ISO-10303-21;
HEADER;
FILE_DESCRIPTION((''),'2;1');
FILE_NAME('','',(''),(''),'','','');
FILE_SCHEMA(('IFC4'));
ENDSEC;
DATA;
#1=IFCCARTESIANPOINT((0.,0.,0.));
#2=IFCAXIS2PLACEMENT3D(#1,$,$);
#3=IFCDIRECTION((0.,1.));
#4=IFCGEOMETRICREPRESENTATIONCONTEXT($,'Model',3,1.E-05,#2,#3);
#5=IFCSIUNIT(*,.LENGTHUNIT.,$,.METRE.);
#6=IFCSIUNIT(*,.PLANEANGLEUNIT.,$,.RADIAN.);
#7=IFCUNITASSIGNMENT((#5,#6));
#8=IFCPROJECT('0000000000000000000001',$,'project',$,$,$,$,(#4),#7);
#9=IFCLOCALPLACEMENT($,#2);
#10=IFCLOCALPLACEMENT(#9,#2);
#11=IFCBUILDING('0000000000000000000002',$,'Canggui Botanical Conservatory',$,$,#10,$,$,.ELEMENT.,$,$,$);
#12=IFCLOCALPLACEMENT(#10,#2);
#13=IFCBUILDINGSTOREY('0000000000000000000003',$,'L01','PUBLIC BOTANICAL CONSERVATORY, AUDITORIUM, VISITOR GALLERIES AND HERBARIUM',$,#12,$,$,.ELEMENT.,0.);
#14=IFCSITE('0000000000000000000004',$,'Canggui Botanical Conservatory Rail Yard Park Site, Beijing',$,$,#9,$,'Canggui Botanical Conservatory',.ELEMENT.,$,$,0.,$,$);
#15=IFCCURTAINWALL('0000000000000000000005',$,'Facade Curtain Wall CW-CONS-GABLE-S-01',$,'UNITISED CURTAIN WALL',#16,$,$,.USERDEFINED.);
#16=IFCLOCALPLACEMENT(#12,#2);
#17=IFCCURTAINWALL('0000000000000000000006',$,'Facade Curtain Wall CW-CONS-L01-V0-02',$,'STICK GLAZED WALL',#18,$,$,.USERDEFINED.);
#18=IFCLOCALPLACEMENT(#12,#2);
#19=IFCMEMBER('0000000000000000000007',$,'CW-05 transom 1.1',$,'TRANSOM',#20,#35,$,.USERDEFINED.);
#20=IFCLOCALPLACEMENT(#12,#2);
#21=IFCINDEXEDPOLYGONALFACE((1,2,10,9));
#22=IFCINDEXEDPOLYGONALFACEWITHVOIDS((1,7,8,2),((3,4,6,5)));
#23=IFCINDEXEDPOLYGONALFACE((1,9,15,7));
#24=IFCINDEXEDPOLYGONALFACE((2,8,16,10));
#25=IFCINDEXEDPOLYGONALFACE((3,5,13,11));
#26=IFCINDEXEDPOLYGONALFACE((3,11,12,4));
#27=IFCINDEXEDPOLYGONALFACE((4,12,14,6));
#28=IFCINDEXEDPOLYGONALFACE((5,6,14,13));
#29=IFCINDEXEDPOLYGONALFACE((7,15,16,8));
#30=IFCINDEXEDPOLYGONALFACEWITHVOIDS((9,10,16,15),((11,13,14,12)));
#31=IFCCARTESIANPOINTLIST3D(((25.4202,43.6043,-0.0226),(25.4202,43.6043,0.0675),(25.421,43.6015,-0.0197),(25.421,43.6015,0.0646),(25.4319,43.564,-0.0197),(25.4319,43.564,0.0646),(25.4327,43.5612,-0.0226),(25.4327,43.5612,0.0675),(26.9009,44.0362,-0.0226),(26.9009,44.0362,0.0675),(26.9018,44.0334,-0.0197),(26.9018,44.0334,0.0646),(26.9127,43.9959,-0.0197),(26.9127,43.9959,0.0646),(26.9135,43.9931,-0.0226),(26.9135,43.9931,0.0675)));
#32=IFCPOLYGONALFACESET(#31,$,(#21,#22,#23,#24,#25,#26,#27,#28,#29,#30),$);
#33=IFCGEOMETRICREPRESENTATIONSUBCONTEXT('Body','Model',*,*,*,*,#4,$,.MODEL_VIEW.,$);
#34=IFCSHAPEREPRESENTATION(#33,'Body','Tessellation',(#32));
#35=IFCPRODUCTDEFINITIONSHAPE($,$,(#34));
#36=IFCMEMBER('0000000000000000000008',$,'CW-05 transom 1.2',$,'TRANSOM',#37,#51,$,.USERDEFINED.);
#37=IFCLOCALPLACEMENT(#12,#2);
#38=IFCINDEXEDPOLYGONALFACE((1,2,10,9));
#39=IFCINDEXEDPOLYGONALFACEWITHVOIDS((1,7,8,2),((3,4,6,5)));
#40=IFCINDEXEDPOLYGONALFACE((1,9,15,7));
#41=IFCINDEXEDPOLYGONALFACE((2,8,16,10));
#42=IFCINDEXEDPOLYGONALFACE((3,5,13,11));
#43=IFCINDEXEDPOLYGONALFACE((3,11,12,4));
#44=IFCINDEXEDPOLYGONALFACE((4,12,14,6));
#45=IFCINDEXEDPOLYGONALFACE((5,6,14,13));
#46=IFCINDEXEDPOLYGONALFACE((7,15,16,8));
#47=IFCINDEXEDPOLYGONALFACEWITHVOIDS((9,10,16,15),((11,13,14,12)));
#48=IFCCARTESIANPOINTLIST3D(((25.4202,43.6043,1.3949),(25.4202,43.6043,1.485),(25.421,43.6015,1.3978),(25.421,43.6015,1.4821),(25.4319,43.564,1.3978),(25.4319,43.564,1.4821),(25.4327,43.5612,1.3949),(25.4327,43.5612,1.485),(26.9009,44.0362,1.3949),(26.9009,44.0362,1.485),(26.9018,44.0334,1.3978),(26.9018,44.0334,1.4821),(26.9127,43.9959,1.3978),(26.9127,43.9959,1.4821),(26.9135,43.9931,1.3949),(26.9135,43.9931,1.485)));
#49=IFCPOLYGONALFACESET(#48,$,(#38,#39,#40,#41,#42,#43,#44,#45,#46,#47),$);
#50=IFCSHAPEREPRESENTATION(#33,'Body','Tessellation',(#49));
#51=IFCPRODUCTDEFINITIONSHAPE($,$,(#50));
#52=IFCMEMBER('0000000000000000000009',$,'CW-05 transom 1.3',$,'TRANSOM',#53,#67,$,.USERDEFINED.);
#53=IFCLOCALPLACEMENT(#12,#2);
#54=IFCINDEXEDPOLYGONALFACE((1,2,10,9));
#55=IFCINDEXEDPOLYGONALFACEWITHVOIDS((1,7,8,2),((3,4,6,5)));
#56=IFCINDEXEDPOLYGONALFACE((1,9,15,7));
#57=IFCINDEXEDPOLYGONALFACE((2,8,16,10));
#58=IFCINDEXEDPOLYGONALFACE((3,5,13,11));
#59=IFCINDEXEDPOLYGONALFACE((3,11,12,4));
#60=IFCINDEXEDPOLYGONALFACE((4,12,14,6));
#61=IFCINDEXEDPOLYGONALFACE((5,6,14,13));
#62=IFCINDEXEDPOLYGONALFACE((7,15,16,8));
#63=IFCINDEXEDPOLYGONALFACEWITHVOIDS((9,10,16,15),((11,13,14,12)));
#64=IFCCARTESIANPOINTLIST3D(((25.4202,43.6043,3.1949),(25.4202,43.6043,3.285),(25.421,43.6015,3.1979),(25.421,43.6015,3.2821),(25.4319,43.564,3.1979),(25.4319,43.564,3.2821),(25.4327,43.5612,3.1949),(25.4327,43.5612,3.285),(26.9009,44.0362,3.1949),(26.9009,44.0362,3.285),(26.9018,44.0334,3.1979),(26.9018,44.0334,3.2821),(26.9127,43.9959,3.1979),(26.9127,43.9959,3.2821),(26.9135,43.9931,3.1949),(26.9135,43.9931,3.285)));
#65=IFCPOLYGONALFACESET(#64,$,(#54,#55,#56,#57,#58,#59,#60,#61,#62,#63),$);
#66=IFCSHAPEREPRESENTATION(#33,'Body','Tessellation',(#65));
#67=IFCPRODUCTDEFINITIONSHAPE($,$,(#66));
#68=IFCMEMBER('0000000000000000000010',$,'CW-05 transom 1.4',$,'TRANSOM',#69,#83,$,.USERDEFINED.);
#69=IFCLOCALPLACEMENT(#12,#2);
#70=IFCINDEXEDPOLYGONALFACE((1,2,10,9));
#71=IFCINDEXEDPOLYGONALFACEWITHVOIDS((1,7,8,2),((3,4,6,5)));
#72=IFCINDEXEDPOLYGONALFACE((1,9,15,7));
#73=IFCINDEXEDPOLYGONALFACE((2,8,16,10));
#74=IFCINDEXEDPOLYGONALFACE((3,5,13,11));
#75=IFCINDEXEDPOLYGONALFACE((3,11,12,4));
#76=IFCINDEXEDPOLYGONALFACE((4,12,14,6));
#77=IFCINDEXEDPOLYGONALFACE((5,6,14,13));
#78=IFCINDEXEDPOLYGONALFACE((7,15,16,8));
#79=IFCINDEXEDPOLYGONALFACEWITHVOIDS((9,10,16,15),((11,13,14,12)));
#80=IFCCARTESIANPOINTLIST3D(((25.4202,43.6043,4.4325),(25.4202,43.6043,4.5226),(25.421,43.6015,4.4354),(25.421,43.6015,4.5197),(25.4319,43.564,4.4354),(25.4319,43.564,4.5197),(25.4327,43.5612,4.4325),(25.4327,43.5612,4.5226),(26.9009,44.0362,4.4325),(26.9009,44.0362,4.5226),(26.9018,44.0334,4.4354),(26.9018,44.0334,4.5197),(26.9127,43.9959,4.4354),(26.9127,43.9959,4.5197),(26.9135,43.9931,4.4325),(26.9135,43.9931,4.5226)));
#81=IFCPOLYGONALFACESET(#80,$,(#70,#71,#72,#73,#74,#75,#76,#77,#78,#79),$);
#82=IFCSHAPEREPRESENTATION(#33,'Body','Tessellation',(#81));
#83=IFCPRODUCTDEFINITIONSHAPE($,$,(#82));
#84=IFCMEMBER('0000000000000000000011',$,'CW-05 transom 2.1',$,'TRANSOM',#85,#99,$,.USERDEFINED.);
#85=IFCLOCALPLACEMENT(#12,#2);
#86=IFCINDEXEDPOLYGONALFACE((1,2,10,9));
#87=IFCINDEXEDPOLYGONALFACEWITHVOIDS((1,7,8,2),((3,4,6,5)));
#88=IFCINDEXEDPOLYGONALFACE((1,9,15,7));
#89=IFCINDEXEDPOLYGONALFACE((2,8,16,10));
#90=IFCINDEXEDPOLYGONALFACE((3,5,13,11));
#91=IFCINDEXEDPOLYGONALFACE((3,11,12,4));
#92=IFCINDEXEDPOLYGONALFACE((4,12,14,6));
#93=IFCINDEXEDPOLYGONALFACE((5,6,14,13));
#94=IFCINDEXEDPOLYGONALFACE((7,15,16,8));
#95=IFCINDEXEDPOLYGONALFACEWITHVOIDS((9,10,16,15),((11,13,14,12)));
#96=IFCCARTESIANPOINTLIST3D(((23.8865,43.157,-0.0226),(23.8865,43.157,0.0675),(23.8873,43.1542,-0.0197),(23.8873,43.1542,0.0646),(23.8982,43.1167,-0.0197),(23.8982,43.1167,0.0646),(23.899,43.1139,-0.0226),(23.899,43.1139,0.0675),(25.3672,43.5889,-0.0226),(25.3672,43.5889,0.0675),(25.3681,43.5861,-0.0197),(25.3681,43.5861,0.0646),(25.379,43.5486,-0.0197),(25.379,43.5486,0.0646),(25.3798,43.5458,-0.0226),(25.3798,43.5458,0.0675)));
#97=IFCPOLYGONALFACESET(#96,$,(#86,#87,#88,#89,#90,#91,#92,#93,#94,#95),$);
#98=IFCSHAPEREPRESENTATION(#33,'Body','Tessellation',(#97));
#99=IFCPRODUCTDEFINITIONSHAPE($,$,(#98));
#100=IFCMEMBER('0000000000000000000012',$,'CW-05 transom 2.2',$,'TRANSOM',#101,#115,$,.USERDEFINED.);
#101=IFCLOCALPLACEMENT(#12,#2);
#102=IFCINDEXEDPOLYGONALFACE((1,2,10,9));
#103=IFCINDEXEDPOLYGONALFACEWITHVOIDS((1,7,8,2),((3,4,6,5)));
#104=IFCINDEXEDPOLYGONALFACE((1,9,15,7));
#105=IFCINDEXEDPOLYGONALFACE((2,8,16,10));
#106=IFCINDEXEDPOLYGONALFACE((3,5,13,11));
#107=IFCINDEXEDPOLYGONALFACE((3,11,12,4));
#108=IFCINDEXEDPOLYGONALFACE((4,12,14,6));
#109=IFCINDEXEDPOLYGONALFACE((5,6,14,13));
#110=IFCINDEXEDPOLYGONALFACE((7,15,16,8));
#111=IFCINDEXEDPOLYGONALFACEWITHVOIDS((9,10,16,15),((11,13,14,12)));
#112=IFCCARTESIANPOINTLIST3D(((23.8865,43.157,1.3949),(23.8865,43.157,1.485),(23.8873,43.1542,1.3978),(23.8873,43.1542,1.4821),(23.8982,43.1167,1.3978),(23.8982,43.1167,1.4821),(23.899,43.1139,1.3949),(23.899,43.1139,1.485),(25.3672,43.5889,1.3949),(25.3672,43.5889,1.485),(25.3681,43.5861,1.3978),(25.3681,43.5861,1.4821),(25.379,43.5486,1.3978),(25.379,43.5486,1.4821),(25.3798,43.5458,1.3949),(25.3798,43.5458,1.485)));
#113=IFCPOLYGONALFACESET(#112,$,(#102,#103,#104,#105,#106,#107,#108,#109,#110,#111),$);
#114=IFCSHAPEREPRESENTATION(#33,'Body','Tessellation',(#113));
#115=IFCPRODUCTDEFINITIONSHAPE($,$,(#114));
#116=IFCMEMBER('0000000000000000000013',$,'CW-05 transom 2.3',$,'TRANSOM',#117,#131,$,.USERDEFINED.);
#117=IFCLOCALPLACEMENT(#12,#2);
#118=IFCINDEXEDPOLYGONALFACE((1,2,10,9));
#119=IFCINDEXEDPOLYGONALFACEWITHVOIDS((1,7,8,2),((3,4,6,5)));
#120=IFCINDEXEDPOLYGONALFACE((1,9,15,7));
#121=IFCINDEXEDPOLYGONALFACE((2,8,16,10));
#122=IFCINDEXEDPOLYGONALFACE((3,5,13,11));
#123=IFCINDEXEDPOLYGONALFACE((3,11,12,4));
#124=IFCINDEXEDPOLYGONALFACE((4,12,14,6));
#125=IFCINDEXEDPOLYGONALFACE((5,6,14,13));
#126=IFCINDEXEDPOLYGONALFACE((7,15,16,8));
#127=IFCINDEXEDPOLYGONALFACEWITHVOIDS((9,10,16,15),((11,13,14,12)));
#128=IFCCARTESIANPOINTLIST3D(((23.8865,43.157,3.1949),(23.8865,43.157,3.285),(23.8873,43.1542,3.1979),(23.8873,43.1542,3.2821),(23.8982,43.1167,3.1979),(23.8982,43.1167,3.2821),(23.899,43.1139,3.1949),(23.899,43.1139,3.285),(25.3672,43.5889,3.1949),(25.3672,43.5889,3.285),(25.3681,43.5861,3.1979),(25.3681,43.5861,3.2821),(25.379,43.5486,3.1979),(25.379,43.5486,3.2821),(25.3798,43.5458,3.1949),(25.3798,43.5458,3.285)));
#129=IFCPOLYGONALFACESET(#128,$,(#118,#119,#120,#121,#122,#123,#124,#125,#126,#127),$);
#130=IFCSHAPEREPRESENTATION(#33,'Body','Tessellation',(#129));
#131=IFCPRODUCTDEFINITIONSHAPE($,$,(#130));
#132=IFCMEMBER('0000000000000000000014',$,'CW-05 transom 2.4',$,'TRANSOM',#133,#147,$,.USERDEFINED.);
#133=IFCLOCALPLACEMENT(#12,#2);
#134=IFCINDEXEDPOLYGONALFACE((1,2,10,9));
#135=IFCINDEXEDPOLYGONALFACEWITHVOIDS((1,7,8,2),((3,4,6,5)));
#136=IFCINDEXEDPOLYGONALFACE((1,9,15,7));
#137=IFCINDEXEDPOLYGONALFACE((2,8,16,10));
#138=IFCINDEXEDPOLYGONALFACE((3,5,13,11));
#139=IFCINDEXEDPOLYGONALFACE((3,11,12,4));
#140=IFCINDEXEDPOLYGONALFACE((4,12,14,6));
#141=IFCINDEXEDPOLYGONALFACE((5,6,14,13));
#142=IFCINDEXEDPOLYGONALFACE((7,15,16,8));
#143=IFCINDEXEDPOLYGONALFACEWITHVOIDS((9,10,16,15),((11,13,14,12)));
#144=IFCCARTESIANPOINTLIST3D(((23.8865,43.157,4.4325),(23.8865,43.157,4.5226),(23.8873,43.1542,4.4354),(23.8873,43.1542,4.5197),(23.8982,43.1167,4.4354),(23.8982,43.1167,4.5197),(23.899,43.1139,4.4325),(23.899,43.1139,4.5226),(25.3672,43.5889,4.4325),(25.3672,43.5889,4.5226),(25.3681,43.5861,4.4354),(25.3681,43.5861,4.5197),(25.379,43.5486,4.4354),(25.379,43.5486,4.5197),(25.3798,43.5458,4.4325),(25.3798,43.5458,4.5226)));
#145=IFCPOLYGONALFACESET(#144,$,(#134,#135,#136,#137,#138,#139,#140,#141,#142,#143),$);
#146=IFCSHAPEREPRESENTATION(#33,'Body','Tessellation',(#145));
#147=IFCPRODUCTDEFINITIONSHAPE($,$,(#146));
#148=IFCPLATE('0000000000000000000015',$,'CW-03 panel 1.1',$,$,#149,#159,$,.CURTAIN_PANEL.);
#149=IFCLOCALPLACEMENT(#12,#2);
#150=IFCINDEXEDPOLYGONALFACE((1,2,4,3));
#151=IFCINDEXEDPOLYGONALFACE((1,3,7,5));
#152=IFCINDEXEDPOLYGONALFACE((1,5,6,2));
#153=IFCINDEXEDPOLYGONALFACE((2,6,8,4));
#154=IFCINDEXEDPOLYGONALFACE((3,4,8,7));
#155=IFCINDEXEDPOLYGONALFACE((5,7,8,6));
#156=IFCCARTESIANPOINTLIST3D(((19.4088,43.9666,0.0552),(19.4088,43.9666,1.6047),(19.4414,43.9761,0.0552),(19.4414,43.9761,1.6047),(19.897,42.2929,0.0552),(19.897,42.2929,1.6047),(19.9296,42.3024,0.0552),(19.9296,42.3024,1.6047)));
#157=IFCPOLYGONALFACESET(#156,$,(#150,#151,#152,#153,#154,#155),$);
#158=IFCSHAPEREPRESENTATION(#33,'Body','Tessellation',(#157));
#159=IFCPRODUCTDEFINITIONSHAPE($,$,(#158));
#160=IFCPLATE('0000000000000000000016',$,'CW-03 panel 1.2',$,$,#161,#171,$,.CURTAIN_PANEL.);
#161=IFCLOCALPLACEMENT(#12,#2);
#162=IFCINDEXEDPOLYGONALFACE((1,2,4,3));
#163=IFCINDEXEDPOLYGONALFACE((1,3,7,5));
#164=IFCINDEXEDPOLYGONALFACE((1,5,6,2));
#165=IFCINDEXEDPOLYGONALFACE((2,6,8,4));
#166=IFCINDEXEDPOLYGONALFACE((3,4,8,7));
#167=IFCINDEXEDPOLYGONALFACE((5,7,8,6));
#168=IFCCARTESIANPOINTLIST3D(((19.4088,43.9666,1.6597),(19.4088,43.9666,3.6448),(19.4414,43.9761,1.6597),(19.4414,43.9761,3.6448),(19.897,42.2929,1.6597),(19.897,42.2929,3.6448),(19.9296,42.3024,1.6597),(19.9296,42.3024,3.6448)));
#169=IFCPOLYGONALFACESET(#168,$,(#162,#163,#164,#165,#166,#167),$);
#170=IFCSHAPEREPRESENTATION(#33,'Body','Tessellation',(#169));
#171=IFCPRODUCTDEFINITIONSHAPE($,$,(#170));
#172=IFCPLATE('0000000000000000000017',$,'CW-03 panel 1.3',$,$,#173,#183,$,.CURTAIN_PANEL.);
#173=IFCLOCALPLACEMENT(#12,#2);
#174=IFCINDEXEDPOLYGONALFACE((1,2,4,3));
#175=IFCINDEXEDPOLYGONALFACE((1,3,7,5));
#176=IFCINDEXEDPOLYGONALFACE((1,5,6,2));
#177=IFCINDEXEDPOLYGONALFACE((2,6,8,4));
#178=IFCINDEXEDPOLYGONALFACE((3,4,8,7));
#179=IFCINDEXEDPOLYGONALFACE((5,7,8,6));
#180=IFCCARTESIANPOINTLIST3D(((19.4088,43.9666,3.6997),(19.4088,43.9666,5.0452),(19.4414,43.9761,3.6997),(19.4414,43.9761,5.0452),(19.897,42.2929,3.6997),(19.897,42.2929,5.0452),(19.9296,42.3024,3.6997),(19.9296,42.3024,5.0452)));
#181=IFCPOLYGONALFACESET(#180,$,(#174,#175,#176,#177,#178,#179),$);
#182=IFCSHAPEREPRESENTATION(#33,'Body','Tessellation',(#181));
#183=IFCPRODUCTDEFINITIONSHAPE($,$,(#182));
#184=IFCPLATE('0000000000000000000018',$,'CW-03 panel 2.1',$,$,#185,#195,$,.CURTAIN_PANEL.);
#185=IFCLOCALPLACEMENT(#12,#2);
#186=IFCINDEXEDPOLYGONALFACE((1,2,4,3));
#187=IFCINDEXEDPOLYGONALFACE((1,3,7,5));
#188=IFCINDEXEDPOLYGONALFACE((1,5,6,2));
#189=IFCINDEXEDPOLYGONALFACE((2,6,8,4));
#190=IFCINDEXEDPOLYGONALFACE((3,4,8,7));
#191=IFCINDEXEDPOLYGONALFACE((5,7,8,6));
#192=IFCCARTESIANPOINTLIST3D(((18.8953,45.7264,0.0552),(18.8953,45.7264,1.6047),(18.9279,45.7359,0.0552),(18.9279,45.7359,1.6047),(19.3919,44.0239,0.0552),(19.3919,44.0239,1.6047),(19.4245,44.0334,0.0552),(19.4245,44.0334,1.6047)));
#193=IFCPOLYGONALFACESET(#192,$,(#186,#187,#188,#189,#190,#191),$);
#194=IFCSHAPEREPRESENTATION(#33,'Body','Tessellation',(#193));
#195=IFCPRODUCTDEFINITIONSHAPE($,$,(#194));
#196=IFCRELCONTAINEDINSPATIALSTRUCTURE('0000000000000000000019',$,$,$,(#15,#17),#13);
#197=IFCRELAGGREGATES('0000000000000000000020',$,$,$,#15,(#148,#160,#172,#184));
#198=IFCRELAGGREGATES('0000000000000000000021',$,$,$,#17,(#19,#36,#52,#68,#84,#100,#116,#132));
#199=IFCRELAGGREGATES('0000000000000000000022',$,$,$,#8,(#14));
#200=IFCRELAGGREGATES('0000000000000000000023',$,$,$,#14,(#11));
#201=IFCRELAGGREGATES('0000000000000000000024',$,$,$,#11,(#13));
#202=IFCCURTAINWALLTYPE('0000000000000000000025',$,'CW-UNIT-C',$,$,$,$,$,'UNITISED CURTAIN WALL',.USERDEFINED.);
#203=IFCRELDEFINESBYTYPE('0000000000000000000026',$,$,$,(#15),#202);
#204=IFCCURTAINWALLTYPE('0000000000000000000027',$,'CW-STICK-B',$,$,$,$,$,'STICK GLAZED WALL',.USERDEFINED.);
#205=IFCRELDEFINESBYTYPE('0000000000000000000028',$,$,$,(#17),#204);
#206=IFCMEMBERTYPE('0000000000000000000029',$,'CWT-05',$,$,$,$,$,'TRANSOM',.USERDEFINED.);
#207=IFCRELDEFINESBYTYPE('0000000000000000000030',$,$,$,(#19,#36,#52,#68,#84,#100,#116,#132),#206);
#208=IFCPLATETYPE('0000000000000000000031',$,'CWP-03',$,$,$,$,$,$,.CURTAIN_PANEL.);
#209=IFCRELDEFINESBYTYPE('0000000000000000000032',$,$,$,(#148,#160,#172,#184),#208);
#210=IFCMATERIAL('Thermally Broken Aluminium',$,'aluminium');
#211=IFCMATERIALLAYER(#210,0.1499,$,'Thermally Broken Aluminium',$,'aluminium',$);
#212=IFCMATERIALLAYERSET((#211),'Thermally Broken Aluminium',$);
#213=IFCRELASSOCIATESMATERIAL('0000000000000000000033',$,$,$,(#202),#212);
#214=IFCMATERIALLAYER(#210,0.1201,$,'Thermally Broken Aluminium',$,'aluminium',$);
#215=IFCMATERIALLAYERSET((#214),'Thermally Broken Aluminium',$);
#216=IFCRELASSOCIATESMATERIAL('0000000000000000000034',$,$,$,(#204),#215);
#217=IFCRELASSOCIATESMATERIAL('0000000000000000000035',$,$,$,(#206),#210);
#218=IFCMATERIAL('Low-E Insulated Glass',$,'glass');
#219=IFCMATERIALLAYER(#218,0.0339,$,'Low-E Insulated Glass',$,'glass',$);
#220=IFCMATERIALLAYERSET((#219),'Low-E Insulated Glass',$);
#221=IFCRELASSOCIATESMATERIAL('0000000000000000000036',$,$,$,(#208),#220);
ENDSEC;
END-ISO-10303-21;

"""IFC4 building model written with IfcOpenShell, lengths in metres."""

from ifc_helpers import new_model, si_unit, direction, frame, origin, origin_2d, place, context, subcontext, project, spatial, rectangle, hollow_rectangle, extrude, material, layer, layer_set, material_profile, profile_set, type_object, element, aggregate, save


model = new_model("IFC4")

# Units and contexts
model_context = context("Model", 3, precision=1e-05, world=origin(), true_north=direction((0.0, 1.0)))
body_context = subcontext(model_context, "Body", "Model", "MODEL_VIEW")
ifc_project = project(units=[si_unit("LENGTHUNIT", "METRE"), si_unit("PLANEANGLEUNIT", "RADIAN")], contexts=[model_context])

# Site, building, storey
site_placement = place(None, origin())
site = spatial("IfcSite", under=ifc_project, at=site_placement, Name="Canggui Botanical Conservatory Rail Yard Park Site, Beijing", LongName="Canggui Botanical Conservatory", CompositionType="ELEMENT", RefElevation=0.0)
building_placement = place(site_placement, origin())
building = spatial("IfcBuilding", under=site, at=building_placement, Name="Canggui Botanical Conservatory", CompositionType="ELEMENT")
storey_placement = place(building_placement, origin())
storey = spatial("IfcBuildingStorey", under=building, at=storey_placement, Name="L01", Description="PUBLIC BOTANICAL CONSERVATORY, AUDITORIUM, VISITOR GALLERIES AND HERBARIUM", CompositionType="ELEMENT", Elevation=0.0)

# Curtain walls
ifc_material_1 = material(Name="Thermally Broken Aluminium", Category="aluminium")
ifc_layer_1 = layer(ifc_material_1, 0.1499, Name="Thermally Broken Aluminium", Category="aluminium")
ifc_layer_set_1 = layer_set([ifc_layer_1], Name="Thermally Broken Aluminium")
curtain_wall_type_1 = type_object("IfcCurtainWallType", Name="CW-UNIT-C", ElementType="UNITISED CURTAIN WALL", PredefinedType="USERDEFINED", material=ifc_layer_set_1)
curtain_wall_1_placement = place(storey_placement, origin())
curtain_wall_1 = element("IfcCurtainWall", 1, at=curtain_wall_1_placement, inside=storey, type_object=curtain_wall_type_1, Name="Facade Curtain Wall CW-CONS-GABLE-S-01", ObjectType="UNITISED CURTAIN WALL", PredefinedType="USERDEFINED")
ifc_layer_2 = layer(ifc_material_1, 0.1201, Name="Thermally Broken Aluminium", Category="aluminium")
ifc_layer_set_2 = layer_set([ifc_layer_2], Name="Thermally Broken Aluminium")
curtain_wall_type_2 = type_object("IfcCurtainWallType", Name="CW-STICK-B", ElementType="STICK GLAZED WALL", PredefinedType="USERDEFINED", material=ifc_layer_set_2)
curtain_wall_2_placement = place(storey_placement, origin())
curtain_wall_2 = element("IfcCurtainWall", 2, at=curtain_wall_2_placement, inside=storey, type_object=curtain_wall_type_2, Name="Facade Curtain Wall CW-CONS-L01-V0-02", ObjectType="STICK GLAZED WALL", PredefinedType="USERDEFINED")

# Members
ifc_material_profile_1 = material_profile(ifc_material_1, hollow_rectangle(XDim=0.0449, YDim=0.0901, WallThickness=0.0029, at=origin_2d()), Name="CWT 45x90x3")
ifc_profile_set_1 = profile_set([ifc_material_profile_1], Name="Thermally Broken Aluminium")
member_type_1 = type_object("IfcMemberType", Name="CWT-05", ElementType="TRANSOM", PredefinedType="USERDEFINED", material=ifc_profile_set_1)
member_1_placement = place(storey_placement, frame((26.9072, 44.0146, 0.0225), z_axis=(-0.959998, -0.280006, 0.0), x_axis=(0.280006, -0.959998, 0.0)))
member_1 = element("IfcMember", 3, at=member_1_placement, type_object=member_type_1, Name="CW-05 transom 1.1", ObjectType="TRANSOM", PredefinedType="USERDEFINED", context=body_context, shape_type="SweptSolid", body=[
    extrude(hollow_rectangle(XDim=0.0449, YDim=0.0901, WallThickness=0.0029, at=origin_2d()), origin(), (0.0, 0.0, 1.0), 1.5425),
])
member_2_placement = place(storey_placement, frame((26.9072, 44.0146, 1.4399), z_axis=(-0.959998, -0.280006, 0.0), x_axis=(0.280006, -0.959998, 0.0)))
member_2 = element("IfcMember", 4, at=member_2_placement, type_object=member_type_1, Name="CW-05 transom 1.2", ObjectType="TRANSOM", PredefinedType="USERDEFINED", context=body_context, shape_type="SweptSolid", body=[
    extrude(hollow_rectangle(XDim=0.0449, YDim=0.0901, WallThickness=0.0029, at=origin_2d()), origin(), (0.0, 0.0, 1.0), 1.5425),
])
member_3_placement = place(storey_placement, frame((26.9072, 44.0146, 3.24), z_axis=(-0.959998, -0.280006, 0.0), x_axis=(0.280006, -0.959998, 0.0)))
member_3 = element("IfcMember", 5, at=member_3_placement, type_object=member_type_1, Name="CW-05 transom 1.3", ObjectType="TRANSOM", PredefinedType="USERDEFINED", context=body_context, shape_type="SweptSolid", body=[
    extrude(hollow_rectangle(XDim=0.0449, YDim=0.0901, WallThickness=0.0029, at=origin_2d()), origin(), (0.0, 0.0, 1.0), 1.5425),
])
member_4_placement = place(storey_placement, frame((26.9072, 44.0146, 4.4775), z_axis=(-0.959998, -0.280006, 0.0), x_axis=(0.280006, -0.959998, 0.0)))
member_4 = element("IfcMember", 6, at=member_4_placement, type_object=member_type_1, Name="CW-05 transom 1.4", ObjectType="TRANSOM", PredefinedType="USERDEFINED", context=body_context, shape_type="SweptSolid", body=[
    extrude(hollow_rectangle(XDim=0.0449, YDim=0.0901, WallThickness=0.0029, at=origin_2d()), origin(), (0.0, 0.0, 1.0), 1.5425),
])
member_5_placement = place(storey_placement, frame((25.3735, 43.5674, 0.0225), z_axis=(-0.959998, -0.280006, 0.0), x_axis=(0.280006, -0.959998, 0.0)))
member_5 = element("IfcMember", 7, at=member_5_placement, type_object=member_type_1, Name="CW-05 transom 2.1", ObjectType="TRANSOM", PredefinedType="USERDEFINED", context=body_context, shape_type="SweptSolid", body=[
    extrude(hollow_rectangle(XDim=0.0449, YDim=0.0901, WallThickness=0.0029, at=origin_2d()), origin(), (0.0, 0.0, 1.0), 1.5425),
])
member_6_placement = place(storey_placement, frame((25.3735, 43.5674, 1.4399), z_axis=(-0.959998, -0.280006, 0.0), x_axis=(0.280006, -0.959998, 0.0)))
member_6 = element("IfcMember", 8, at=member_6_placement, type_object=member_type_1, Name="CW-05 transom 2.2", ObjectType="TRANSOM", PredefinedType="USERDEFINED", context=body_context, shape_type="SweptSolid", body=[
    extrude(hollow_rectangle(XDim=0.0449, YDim=0.0901, WallThickness=0.0029, at=origin_2d()), origin(), (0.0, 0.0, 1.0), 1.5425),
])
member_7_placement = place(storey_placement, frame((25.3735, 43.5674, 3.24), z_axis=(-0.959998, -0.280006, 0.0), x_axis=(0.280006, -0.959998, 0.0)))
member_7 = element("IfcMember", 9, at=member_7_placement, type_object=member_type_1, Name="CW-05 transom 2.3", ObjectType="TRANSOM", PredefinedType="USERDEFINED", context=body_context, shape_type="SweptSolid", body=[
    extrude(hollow_rectangle(XDim=0.0449, YDim=0.0901, WallThickness=0.0029, at=origin_2d()), origin(), (0.0, 0.0, 1.0), 1.5425),
])
member_8_placement = place(storey_placement, frame((25.3735, 43.5674, 4.4775), z_axis=(-0.959998, -0.280006, 0.0), x_axis=(0.280006, -0.959998, 0.0)))
member_8 = element("IfcMember", 10, at=member_8_placement, type_object=member_type_1, Name="CW-05 transom 2.4", ObjectType="TRANSOM", PredefinedType="USERDEFINED", context=body_context, shape_type="SweptSolid", body=[
    extrude(hollow_rectangle(XDim=0.0449, YDim=0.0901, WallThickness=0.0029, at=origin_2d()), origin(), (0.0, 0.0, 1.0), 1.5425),
])

# Plates
ifc_material_2 = material(Name="Low-E Insulated Glass", Category="glass")
ifc_layer_3 = layer(ifc_material_2, 0.0339, Name="Low-E Insulated Glass", Category="glass")
ifc_layer_set_3 = layer_set([ifc_layer_3], Name="Low-E Insulated Glass")
plate_type_1 = type_object("IfcPlateType", Name="CWP-03", PredefinedType="CURTAIN_PANEL", material=ifc_layer_set_3)
plate_1_placement = place(storey_placement, frame((19.6692, 43.1345, 0.0552), z_axis=(0.0, 0.0, 1.0), x_axis=(-0.28, 0.96, 0.0)))
plate_1 = element("IfcPlate", 11, at=plate_1_placement, type_object=plate_type_1, Name="CW-03 panel 1.1", PredefinedType="CURTAIN_PANEL", context=body_context, shape_type="SweptSolid", body=[
    extrude(rectangle(XDim=1.7434, YDim=0.0339, at=origin_2d()), origin(), (0.0, 0.0, 1.0), 1.5496),
])
plate_2_placement = place(storey_placement, frame((19.6692, 43.1345, 1.6597), z_axis=(0.0, 0.0, 1.0), x_axis=(-0.28, 0.96, 0.0)))
plate_2 = element("IfcPlate", 12, at=plate_2_placement, type_object=plate_type_1, Name="CW-03 panel 1.2", PredefinedType="CURTAIN_PANEL", context=body_context, shape_type="SweptSolid", body=[
    extrude(rectangle(XDim=1.7434, YDim=0.0339, at=origin_2d()), origin(), (0.0, 0.0, 1.0), 1.9851),
])
plate_3_placement = place(storey_placement, frame((19.6692, 43.1345, 3.6997), z_axis=(0.0, 0.0, 1.0), x_axis=(-0.28, 0.96, 0.0)))
plate_3 = element("IfcPlate", 13, at=plate_3_placement, type_object=plate_type_1, Name="CW-03 panel 1.3", PredefinedType="CURTAIN_PANEL", context=body_context, shape_type="SweptSolid", body=[
    extrude(rectangle(XDim=1.7434, YDim=0.0339, at=origin_2d()), origin(), (0.0, 0.0, 1.0), 1.3455),
])
plate_4_placement = place(storey_placement, frame((19.1599, 44.8799, 0.0552), z_axis=(0.0, 0.0, 1.0), x_axis=(-0.28, 0.96, 0.0)))
plate_4 = element("IfcPlate", 14, at=plate_4_placement, type_object=plate_type_1, Name="CW-03 panel 2.1", PredefinedType="CURTAIN_PANEL", context=body_context, shape_type="SweptSolid", body=[
    extrude(rectangle(XDim=1.7734, YDim=0.0339, at=origin_2d()), origin(), (0.0, 0.0, 1.0), 1.5496),
])
aggregate(curtain_wall_1, [plate_1, plate_2, plate_3, plate_4])
aggregate(curtain_wall_2, [member_1, member_2, member_3, member_4, member_5, member_6, member_7, member_8])

save(model, "model.ifc")
